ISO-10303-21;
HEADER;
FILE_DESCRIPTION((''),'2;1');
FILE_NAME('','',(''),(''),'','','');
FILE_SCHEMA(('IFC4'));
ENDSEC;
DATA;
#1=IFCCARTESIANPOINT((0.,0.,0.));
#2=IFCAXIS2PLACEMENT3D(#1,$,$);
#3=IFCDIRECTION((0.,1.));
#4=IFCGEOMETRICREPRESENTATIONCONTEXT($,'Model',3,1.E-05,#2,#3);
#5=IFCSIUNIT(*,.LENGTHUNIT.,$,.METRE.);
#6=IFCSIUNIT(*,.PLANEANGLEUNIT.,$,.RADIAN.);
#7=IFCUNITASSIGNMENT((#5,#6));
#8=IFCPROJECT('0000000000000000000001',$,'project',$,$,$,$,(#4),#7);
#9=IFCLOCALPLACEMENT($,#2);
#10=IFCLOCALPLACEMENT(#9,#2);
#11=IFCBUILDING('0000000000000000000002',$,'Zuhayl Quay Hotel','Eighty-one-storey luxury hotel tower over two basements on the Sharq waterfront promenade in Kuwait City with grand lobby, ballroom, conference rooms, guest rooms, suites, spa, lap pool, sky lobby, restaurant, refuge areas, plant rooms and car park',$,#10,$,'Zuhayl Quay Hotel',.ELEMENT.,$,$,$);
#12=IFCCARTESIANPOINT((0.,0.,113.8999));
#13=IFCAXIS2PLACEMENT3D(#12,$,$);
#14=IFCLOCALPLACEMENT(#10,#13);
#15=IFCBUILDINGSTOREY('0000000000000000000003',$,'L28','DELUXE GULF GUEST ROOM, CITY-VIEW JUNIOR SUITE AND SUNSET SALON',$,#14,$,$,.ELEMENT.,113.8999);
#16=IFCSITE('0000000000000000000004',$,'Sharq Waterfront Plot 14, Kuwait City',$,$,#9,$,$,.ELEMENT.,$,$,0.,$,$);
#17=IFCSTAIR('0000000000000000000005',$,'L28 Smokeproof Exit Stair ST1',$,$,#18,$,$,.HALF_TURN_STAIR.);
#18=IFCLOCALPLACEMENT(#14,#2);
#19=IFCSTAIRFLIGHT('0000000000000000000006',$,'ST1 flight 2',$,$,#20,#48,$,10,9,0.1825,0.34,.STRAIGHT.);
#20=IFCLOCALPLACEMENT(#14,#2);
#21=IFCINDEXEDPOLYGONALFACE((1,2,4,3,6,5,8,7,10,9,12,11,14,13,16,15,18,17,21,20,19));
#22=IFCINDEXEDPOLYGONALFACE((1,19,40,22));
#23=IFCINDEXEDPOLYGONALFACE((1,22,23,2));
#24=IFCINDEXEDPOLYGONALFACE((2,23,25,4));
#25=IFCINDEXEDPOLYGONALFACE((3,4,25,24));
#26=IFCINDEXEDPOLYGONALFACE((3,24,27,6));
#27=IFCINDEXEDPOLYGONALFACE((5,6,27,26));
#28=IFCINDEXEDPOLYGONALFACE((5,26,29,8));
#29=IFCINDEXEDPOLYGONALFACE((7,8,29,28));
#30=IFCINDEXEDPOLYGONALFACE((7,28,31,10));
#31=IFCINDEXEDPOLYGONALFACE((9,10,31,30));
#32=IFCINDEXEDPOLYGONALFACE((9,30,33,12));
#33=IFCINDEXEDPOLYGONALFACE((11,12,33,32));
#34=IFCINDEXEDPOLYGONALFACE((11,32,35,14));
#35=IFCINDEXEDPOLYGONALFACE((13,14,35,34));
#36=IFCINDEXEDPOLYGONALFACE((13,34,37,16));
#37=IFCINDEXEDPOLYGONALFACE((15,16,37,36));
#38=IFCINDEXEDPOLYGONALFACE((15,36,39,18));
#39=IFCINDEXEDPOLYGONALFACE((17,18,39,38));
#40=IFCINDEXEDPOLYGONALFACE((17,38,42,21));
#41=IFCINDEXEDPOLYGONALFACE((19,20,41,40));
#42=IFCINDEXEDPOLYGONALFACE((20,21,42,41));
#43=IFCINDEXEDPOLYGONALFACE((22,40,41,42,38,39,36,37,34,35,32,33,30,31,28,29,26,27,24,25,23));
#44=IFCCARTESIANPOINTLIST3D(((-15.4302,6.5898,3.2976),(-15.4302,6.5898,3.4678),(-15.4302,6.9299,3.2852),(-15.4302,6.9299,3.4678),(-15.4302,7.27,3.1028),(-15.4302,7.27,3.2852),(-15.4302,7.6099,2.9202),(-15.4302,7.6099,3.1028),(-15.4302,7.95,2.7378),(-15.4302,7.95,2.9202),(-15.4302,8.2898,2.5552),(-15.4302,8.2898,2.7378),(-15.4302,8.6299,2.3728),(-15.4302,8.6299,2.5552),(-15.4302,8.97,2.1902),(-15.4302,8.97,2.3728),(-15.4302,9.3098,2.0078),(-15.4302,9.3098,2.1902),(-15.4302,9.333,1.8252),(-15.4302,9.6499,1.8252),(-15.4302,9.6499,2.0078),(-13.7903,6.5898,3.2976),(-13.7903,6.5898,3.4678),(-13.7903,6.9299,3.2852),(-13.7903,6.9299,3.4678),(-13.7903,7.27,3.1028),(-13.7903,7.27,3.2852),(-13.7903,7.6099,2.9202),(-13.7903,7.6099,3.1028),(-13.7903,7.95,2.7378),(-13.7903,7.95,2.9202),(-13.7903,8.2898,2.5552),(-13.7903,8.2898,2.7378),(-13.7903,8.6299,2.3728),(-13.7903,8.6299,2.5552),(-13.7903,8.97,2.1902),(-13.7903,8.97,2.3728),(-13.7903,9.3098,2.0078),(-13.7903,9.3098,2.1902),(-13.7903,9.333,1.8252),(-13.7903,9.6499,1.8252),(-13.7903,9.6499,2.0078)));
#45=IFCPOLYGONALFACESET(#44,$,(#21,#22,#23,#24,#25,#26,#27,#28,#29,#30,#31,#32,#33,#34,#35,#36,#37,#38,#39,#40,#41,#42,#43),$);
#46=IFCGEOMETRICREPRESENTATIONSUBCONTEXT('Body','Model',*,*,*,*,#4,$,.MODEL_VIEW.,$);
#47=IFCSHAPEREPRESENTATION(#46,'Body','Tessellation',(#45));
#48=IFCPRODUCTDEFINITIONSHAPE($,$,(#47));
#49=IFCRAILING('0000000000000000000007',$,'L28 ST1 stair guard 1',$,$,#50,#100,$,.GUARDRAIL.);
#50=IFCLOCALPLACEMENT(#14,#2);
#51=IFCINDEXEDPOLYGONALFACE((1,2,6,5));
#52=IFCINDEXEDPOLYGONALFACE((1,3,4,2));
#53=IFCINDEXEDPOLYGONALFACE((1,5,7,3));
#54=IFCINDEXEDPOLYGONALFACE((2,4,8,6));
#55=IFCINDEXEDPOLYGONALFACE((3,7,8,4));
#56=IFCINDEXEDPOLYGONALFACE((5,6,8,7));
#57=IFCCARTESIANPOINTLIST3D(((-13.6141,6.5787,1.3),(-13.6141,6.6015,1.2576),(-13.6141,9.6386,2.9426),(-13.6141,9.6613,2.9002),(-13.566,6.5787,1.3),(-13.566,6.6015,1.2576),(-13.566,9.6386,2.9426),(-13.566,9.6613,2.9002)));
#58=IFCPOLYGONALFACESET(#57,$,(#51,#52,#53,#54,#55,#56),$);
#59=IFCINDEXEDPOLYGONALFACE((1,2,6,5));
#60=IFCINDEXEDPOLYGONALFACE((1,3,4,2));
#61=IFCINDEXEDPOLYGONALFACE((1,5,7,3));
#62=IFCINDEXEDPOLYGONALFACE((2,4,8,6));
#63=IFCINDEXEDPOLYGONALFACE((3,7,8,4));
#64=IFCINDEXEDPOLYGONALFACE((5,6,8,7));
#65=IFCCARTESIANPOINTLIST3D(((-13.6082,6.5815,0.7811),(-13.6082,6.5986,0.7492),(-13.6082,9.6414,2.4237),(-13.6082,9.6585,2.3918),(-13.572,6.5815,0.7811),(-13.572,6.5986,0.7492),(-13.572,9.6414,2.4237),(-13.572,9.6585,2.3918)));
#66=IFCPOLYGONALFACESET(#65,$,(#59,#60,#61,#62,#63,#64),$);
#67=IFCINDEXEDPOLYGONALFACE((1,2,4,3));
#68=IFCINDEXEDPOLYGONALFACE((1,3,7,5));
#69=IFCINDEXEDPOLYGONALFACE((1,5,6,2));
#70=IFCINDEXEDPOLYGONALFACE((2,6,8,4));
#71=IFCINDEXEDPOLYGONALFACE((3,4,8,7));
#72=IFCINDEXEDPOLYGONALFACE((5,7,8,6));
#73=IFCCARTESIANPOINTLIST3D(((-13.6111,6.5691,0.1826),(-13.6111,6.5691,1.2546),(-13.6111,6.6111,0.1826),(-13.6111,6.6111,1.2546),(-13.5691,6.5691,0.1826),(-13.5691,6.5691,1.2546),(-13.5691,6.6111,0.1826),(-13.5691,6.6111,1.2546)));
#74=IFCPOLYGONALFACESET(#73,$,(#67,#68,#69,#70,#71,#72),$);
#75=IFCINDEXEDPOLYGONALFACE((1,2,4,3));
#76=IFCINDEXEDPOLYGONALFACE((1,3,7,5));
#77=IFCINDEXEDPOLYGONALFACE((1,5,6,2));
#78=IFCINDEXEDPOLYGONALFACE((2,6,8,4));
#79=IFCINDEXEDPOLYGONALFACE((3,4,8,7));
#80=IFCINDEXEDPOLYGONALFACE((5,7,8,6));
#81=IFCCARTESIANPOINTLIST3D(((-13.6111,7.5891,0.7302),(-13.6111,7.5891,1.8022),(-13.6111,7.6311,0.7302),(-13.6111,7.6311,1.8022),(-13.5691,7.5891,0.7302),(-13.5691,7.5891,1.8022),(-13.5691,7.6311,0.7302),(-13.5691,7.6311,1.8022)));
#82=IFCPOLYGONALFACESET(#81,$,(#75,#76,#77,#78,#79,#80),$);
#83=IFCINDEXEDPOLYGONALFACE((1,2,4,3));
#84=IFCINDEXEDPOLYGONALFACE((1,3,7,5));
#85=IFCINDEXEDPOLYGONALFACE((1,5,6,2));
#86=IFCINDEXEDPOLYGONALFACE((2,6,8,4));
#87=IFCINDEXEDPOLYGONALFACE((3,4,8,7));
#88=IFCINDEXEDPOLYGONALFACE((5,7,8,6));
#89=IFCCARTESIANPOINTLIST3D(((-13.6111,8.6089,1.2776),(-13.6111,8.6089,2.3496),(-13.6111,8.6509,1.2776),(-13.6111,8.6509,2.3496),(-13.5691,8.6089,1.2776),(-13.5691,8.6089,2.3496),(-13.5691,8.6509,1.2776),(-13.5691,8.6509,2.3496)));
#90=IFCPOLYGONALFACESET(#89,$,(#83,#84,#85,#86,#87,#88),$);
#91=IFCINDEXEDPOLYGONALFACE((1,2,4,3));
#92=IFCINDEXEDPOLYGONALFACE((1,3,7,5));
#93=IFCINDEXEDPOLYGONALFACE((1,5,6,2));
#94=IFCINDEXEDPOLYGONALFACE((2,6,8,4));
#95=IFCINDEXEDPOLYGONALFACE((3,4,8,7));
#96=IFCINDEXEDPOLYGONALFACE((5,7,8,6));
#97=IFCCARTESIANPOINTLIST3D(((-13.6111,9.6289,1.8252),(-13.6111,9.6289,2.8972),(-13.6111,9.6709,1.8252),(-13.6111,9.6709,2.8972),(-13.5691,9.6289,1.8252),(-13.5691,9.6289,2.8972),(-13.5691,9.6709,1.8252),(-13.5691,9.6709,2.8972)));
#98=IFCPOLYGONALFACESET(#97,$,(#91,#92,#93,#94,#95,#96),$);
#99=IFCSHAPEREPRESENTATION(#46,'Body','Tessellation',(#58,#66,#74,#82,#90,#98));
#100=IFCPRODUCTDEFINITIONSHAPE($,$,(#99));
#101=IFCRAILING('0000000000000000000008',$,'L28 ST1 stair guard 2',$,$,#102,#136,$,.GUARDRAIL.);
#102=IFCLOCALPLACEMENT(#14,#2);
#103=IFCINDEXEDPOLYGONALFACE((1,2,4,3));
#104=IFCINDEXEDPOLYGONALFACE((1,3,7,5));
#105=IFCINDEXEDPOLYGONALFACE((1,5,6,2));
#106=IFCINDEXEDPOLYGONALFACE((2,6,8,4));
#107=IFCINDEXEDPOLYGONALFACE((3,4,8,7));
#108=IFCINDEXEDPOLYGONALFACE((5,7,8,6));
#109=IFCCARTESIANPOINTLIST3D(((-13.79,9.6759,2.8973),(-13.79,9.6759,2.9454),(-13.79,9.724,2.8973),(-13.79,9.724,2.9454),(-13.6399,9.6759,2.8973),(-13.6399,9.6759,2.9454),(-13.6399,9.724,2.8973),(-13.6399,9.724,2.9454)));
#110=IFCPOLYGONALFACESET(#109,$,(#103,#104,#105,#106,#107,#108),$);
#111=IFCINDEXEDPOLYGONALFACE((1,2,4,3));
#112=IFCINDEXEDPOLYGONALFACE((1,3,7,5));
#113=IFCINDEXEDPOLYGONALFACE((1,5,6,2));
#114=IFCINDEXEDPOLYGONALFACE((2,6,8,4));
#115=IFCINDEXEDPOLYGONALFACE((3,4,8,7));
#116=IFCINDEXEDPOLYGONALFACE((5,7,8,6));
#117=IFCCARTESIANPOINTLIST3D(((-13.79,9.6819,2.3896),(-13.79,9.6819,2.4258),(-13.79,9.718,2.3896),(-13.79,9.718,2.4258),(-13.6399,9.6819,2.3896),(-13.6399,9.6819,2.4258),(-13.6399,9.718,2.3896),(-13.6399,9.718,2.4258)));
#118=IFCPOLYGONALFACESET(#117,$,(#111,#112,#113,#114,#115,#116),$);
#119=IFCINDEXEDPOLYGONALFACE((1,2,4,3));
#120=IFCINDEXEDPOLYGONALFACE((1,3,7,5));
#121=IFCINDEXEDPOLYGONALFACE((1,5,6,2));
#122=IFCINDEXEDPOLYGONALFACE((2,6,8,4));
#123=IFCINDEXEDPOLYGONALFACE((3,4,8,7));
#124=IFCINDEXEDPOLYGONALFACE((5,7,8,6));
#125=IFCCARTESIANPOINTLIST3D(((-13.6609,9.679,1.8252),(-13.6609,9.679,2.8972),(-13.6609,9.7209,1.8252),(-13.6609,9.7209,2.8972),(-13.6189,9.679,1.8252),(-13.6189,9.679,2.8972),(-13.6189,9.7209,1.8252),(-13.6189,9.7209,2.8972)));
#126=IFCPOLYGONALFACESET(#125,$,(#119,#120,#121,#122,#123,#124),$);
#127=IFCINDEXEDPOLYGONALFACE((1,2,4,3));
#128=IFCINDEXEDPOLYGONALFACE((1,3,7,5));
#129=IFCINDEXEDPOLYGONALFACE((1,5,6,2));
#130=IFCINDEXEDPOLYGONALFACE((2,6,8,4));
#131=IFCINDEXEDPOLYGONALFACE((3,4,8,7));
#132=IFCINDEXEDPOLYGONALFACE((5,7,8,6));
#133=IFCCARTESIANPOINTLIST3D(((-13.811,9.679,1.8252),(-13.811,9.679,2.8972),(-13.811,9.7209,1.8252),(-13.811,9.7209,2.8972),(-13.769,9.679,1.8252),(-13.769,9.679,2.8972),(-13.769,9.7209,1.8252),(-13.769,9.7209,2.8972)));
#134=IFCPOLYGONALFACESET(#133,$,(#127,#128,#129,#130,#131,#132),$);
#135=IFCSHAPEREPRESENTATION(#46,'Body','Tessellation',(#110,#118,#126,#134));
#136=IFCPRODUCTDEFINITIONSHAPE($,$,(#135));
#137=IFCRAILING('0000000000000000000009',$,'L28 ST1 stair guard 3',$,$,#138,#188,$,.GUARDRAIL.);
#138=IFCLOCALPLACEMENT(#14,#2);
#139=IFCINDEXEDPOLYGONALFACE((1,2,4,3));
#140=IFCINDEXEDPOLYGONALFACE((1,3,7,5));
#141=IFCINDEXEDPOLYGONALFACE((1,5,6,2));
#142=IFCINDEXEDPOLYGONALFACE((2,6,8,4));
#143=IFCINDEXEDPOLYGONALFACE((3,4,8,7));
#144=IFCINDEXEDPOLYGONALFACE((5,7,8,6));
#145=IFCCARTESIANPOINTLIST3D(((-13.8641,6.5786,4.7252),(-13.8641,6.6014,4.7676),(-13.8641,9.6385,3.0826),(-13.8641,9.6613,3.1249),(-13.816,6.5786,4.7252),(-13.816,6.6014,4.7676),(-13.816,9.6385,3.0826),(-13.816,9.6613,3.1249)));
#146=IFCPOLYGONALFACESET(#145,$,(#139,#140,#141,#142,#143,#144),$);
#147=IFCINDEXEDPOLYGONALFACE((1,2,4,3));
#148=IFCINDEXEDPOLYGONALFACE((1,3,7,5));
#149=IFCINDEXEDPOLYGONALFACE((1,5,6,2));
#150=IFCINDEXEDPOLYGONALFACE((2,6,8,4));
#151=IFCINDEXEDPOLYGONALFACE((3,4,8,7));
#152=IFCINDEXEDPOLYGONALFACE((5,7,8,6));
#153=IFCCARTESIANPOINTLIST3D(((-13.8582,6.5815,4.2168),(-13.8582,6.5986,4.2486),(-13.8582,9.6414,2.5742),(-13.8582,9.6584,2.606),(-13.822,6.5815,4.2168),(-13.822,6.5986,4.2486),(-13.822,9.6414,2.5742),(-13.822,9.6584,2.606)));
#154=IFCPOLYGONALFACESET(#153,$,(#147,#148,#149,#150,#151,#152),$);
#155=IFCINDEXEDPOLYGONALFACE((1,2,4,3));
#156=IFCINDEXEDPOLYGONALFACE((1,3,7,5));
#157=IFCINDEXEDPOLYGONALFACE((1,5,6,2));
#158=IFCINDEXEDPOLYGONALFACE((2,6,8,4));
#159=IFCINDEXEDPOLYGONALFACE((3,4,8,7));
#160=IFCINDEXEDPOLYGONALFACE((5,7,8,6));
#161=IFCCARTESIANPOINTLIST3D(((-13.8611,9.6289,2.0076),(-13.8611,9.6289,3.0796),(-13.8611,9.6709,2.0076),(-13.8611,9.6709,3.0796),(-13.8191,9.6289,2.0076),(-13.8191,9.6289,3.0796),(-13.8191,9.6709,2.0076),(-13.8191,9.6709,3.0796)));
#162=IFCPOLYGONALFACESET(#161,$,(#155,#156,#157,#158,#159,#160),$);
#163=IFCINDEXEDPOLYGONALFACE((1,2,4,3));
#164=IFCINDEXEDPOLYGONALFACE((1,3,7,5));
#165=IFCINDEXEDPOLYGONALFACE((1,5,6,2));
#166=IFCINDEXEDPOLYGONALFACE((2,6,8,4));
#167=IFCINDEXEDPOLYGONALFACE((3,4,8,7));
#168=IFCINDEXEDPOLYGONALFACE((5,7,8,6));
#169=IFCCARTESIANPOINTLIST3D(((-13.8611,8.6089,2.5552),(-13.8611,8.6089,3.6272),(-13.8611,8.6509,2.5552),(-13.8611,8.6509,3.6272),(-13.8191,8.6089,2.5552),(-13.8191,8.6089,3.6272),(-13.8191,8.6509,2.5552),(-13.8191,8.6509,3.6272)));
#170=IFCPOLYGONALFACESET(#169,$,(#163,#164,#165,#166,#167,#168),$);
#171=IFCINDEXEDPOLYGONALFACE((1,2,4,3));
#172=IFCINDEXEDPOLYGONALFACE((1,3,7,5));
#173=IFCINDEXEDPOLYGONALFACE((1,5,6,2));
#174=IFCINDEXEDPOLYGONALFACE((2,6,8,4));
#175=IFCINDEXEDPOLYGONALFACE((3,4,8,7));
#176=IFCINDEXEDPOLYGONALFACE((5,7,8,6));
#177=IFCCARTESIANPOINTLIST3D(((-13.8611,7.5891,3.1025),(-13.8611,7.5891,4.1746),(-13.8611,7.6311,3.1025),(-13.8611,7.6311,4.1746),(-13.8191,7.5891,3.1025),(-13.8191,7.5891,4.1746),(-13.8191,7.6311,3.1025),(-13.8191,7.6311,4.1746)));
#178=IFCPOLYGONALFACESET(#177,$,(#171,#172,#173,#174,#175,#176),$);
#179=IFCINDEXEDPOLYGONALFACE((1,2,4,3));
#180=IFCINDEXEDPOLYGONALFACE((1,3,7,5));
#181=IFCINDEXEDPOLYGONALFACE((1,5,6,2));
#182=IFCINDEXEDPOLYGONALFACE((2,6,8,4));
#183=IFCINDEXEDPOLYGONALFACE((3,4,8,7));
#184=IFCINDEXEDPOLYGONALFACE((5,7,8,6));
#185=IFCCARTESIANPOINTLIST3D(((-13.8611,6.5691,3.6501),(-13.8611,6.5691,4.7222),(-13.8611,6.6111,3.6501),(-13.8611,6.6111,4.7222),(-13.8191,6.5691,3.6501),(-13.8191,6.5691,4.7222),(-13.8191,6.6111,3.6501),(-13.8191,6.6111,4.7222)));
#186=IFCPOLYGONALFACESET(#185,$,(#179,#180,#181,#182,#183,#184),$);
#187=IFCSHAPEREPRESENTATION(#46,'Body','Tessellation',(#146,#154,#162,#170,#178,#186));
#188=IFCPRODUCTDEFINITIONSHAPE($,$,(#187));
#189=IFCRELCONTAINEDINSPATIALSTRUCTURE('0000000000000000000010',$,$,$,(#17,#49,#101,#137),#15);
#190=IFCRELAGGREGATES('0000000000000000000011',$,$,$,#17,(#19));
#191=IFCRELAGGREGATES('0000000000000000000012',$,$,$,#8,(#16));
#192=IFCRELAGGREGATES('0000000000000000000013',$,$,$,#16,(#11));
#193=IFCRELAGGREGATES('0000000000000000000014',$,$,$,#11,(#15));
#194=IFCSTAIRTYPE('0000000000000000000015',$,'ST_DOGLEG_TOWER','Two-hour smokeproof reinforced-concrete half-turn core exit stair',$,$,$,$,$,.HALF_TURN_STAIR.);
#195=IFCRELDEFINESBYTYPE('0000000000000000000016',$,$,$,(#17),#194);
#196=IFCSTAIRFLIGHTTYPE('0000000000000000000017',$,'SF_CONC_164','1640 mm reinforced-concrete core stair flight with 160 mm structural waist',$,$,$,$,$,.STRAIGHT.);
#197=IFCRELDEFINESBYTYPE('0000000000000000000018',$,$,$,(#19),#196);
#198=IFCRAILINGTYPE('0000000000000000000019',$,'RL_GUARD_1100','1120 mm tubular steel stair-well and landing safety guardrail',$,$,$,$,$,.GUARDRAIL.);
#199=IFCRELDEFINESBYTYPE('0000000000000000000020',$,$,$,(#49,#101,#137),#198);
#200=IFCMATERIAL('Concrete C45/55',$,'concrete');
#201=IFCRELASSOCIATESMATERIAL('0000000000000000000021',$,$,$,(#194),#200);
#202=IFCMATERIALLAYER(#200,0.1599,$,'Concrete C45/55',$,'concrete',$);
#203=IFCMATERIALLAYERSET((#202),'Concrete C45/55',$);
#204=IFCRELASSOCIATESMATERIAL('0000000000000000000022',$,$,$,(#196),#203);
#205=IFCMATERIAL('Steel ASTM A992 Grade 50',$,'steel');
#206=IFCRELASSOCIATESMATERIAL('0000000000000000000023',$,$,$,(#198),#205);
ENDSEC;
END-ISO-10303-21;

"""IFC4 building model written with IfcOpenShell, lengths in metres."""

from ifc_helpers import new_model, si_unit, direction, frame, origin, origin_2d, place, context, subcontext, project, spatial, polyline, rectangle, outline, extrude, material, layer, layer_set, type_object, element, aggregate, save


model = new_model("IFC4")

# Units and contexts
model_context = context("Model", 3, precision=1e-05, world=origin(), true_north=direction((0.0, 1.0)))
body_context = subcontext(model_context, "Body", "Model", "MODEL_VIEW")
ifc_project = project(units=[si_unit("LENGTHUNIT", "METRE"), si_unit("PLANEANGLEUNIT", "RADIAN")], contexts=[model_context])

# Site, building, storey
site_placement = place(None, origin())
site = spatial("IfcSite", under=ifc_project, at=site_placement, Name="Sharq Waterfront Plot 14, Kuwait City", CompositionType="ELEMENT", RefElevation=0.0)
building_placement = place(site_placement, origin())
building = spatial("IfcBuilding", under=site, at=building_placement, Name="Zuhayl Quay Hotel", Description="Eighty-one-storey luxury hotel tower over two basements on the Sharq waterfront promenade in Kuwait City with grand lobby, ballroom, conference rooms, guest rooms, suites, spa, lap pool, sky lobby, restaurant, refuge areas, plant rooms and car park", LongName="Zuhayl Quay Hotel", CompositionType="ELEMENT")
storey_placement = place(building_placement, frame((0.0, 0.0, 113.8999)))
storey = spatial("IfcBuildingStorey", under=building, at=storey_placement, Name="L28", Description="DELUXE GULF GUEST ROOM, CITY-VIEW JUNIOR SUITE AND SUNSET SALON", CompositionType="ELEMENT", Elevation=113.8999)

# Shared definitions
ifc_material_1 = material(Name="Steel ASTM A992 Grade 50", Category="steel")

# Stair, stair flight
ifc_material_2 = material(Name="Concrete C45/55", Category="concrete")
stair_type = type_object("IfcStairType", Name="ST_DOGLEG_TOWER", Description="Two-hour smokeproof reinforced-concrete half-turn core exit stair", PredefinedType="HALF_TURN_STAIR", material=ifc_material_2)
stair_placement = place(storey_placement, origin())
stair = element("IfcStair", 1, at=stair_placement, inside=storey, type_object=stair_type, Name="L28 Smokeproof Exit Stair ST1", PredefinedType="HALF_TURN_STAIR")
ifc_layer_1 = layer(ifc_material_2, 0.1599, Name="Concrete C45/55", Category="concrete")
ifc_layer_set_1 = layer_set([ifc_layer_1], Name="Concrete C45/55")
stair_flight_type = type_object("IfcStairFlightType", Name="SF_CONC_164", Description="1640 mm reinforced-concrete core stair flight with 160 mm structural waist", PredefinedType="STRAIGHT", material=ifc_layer_set_1)
stair_flight_placement = place(storey_placement, frame((-14.6101, 9.6499, 1.8252), z_axis=(0.0, 0.0, 1.0), x_axis=(0.0, -1.0, 0.0)))
stair_flight = element("IfcStairFlight", 2, at=stair_flight_placement, type_object=stair_flight_type, Name="ST1 flight 2", NumberOfRisers=10, NumberOfTreads=9, PredefinedType="STRAIGHT", RiserHeight=0.1825, TreadLength=0.34, context=body_context, shape_type="SweptSolid", body=[
    extrude(outline(polyline([(0.0, 0.0), (0.0, 0.1826), (0.3401, 0.1826), (0.3401, 0.365), (0.6799, 0.365), (0.6799, 0.5476), (1.02, 0.5476), (1.02, 0.73), (1.3601, 0.73), (1.3601, 0.9126), (1.7, 0.9126), (1.7, 1.095), (2.04, 1.095), (2.04, 1.2776), (2.3799, 1.2776), (2.3799, 1.46), (2.72, 1.46), (2.72, 1.6426), (3.0601, 1.6426), (3.0601, 1.825), (3.0601, 1.4724), (0.3169, 0.0), (0.0, 0.0)])), frame((0.0, 0.8198, 0.0), z_axis=(0.0, -1.0, 0.0), x_axis=(1.0, 0.0, 0.0)), (0.0, 0.0, 1.0), 1.6399),
])
aggregate(stair, [stair_flight])

# Railings
railing_type_1 = type_object("IfcRailingType", Name="RL_GUARD_1100", Description="1120 mm tubular steel stair-well and landing safety guardrail", PredefinedType="GUARDRAIL", material=ifc_material_1)
railing_1_placement = place(storey_placement, frame((-13.5901, 6.5901, 0.1826)))
element("IfcRailing", 3, at=railing_1_placement, inside=storey, type_object=railing_type_1, Name="L28 ST1 stair guard 1", PredefinedType="GUARDRAIL", context=body_context, shape_type="SweptSolid", body=[
    extrude(rectangle(XDim=0.0481, YDim=0.0481, at=origin_2d()), frame((0.0, 0.0, 1.0962), z_axis=(0.0, 0.881073, 0.47298), x_axis=(-1.0, 0.0, 0.0)), (0.0, 0.0, 1.0), 3.4729),
    extrude(rectangle(XDim=0.0361, YDim=0.0361, at=origin_2d()), frame((0.0, 0.0, 0.5825), z_axis=(0.0, 0.881073, 0.47298), x_axis=(-1.0, 0.0, 0.0)), (0.0, 0.0, 1.0), 3.4729),
    extrude(rectangle(XDim=0.042, YDim=0.042, at=origin_2d()), origin(), (0.0, 0.0, 1.0), 1.072),
    extrude(rectangle(XDim=0.042, YDim=0.042, at=origin_2d()), frame((0.0, 1.02, 0.5476)), (0.0, 0.0, 1.0), 1.072),
    extrude(rectangle(XDim=0.042, YDim=0.042, at=origin_2d()), frame((0.0, 2.0398, 1.095)), (0.0, 0.0, 1.0), 1.072),
    extrude(rectangle(XDim=0.042, YDim=0.042, at=origin_2d()), frame((0.0, 3.0598, 1.6426)), (0.0, 0.0, 1.0), 1.072),
])
railing_2_placement = place(storey_placement, frame((-13.6399, 9.7, 1.8252)))
element("IfcRailing", 4, at=railing_2_placement, inside=storey, type_object=railing_type_1, Name="L28 ST1 stair guard 2", PredefinedType="GUARDRAIL", context=body_context, shape_type="SweptSolid", body=[
    extrude(rectangle(XDim=0.0481, YDim=0.0481, at=origin_2d()), frame((0.0, 0.0, 1.0962), z_axis=(-1.0, 0.0, 0.0), x_axis=(0.0, -1.0, 0.0)), (0.0, 0.0, 1.0), 0.1501),
    extrude(rectangle(XDim=0.0361, YDim=0.0361, at=origin_2d()), frame((0.0, 0.0, 0.5825), z_axis=(-1.0, 0.0, 0.0), x_axis=(0.0, -1.0, 0.0)), (0.0, 0.0, 1.0), 0.1501),
    extrude(rectangle(XDim=0.042, YDim=0.042, at=origin_2d()), origin(), (0.0, 0.0, 1.0), 1.072),
    extrude(rectangle(XDim=0.042, YDim=0.042, at=origin_2d()), frame((-0.1501, 0.0, 0.0)), (0.0, 0.0, 1.0), 1.072),
])
railing_3_placement = place(storey_placement, frame((-13.8401, 9.6499, 2.0076)))
element("IfcRailing", 5, at=railing_3_placement, inside=storey, type_object=railing_type_1, Name="L28 ST1 stair guard 3", PredefinedType="GUARDRAIL", context=body_context, shape_type="SweptSolid", body=[
    extrude(rectangle(XDim=0.0481, YDim=0.0481, at=origin_2d()), frame((0.0, 0.0, 1.0962), z_axis=(0.0, -0.881073, 0.47298), x_axis=(1.0, 0.0, 0.0)), (0.0, 0.0, 1.0), 3.4729),
    extrude(rectangle(XDim=0.0361, YDim=0.0361, at=origin_2d()), frame((0.0, 0.0, 0.5825), z_axis=(0.0, -0.881073, 0.47298), x_axis=(1.0, 0.0, 0.0)), (0.0, 0.0, 1.0), 3.4729),
    extrude(rectangle(XDim=0.042, YDim=0.042, at=origin_2d()), origin(), (0.0, 0.0, 1.0), 1.072),
    extrude(rectangle(XDim=0.042, YDim=0.042, at=origin_2d()), frame((0.0, -1.02, 0.5476)), (0.0, 0.0, 1.0), 1.072),
    extrude(rectangle(XDim=0.042, YDim=0.042, at=origin_2d()), frame((0.0, -2.0398, 1.095)), (0.0, 0.0, 1.0), 1.072),
    extrude(rectangle(XDim=0.042, YDim=0.042, at=origin_2d()), frame((0.0, -3.0598, 1.6426)), (0.0, 0.0, 1.0), 1.072),
])

save(model, "model.ifc")
